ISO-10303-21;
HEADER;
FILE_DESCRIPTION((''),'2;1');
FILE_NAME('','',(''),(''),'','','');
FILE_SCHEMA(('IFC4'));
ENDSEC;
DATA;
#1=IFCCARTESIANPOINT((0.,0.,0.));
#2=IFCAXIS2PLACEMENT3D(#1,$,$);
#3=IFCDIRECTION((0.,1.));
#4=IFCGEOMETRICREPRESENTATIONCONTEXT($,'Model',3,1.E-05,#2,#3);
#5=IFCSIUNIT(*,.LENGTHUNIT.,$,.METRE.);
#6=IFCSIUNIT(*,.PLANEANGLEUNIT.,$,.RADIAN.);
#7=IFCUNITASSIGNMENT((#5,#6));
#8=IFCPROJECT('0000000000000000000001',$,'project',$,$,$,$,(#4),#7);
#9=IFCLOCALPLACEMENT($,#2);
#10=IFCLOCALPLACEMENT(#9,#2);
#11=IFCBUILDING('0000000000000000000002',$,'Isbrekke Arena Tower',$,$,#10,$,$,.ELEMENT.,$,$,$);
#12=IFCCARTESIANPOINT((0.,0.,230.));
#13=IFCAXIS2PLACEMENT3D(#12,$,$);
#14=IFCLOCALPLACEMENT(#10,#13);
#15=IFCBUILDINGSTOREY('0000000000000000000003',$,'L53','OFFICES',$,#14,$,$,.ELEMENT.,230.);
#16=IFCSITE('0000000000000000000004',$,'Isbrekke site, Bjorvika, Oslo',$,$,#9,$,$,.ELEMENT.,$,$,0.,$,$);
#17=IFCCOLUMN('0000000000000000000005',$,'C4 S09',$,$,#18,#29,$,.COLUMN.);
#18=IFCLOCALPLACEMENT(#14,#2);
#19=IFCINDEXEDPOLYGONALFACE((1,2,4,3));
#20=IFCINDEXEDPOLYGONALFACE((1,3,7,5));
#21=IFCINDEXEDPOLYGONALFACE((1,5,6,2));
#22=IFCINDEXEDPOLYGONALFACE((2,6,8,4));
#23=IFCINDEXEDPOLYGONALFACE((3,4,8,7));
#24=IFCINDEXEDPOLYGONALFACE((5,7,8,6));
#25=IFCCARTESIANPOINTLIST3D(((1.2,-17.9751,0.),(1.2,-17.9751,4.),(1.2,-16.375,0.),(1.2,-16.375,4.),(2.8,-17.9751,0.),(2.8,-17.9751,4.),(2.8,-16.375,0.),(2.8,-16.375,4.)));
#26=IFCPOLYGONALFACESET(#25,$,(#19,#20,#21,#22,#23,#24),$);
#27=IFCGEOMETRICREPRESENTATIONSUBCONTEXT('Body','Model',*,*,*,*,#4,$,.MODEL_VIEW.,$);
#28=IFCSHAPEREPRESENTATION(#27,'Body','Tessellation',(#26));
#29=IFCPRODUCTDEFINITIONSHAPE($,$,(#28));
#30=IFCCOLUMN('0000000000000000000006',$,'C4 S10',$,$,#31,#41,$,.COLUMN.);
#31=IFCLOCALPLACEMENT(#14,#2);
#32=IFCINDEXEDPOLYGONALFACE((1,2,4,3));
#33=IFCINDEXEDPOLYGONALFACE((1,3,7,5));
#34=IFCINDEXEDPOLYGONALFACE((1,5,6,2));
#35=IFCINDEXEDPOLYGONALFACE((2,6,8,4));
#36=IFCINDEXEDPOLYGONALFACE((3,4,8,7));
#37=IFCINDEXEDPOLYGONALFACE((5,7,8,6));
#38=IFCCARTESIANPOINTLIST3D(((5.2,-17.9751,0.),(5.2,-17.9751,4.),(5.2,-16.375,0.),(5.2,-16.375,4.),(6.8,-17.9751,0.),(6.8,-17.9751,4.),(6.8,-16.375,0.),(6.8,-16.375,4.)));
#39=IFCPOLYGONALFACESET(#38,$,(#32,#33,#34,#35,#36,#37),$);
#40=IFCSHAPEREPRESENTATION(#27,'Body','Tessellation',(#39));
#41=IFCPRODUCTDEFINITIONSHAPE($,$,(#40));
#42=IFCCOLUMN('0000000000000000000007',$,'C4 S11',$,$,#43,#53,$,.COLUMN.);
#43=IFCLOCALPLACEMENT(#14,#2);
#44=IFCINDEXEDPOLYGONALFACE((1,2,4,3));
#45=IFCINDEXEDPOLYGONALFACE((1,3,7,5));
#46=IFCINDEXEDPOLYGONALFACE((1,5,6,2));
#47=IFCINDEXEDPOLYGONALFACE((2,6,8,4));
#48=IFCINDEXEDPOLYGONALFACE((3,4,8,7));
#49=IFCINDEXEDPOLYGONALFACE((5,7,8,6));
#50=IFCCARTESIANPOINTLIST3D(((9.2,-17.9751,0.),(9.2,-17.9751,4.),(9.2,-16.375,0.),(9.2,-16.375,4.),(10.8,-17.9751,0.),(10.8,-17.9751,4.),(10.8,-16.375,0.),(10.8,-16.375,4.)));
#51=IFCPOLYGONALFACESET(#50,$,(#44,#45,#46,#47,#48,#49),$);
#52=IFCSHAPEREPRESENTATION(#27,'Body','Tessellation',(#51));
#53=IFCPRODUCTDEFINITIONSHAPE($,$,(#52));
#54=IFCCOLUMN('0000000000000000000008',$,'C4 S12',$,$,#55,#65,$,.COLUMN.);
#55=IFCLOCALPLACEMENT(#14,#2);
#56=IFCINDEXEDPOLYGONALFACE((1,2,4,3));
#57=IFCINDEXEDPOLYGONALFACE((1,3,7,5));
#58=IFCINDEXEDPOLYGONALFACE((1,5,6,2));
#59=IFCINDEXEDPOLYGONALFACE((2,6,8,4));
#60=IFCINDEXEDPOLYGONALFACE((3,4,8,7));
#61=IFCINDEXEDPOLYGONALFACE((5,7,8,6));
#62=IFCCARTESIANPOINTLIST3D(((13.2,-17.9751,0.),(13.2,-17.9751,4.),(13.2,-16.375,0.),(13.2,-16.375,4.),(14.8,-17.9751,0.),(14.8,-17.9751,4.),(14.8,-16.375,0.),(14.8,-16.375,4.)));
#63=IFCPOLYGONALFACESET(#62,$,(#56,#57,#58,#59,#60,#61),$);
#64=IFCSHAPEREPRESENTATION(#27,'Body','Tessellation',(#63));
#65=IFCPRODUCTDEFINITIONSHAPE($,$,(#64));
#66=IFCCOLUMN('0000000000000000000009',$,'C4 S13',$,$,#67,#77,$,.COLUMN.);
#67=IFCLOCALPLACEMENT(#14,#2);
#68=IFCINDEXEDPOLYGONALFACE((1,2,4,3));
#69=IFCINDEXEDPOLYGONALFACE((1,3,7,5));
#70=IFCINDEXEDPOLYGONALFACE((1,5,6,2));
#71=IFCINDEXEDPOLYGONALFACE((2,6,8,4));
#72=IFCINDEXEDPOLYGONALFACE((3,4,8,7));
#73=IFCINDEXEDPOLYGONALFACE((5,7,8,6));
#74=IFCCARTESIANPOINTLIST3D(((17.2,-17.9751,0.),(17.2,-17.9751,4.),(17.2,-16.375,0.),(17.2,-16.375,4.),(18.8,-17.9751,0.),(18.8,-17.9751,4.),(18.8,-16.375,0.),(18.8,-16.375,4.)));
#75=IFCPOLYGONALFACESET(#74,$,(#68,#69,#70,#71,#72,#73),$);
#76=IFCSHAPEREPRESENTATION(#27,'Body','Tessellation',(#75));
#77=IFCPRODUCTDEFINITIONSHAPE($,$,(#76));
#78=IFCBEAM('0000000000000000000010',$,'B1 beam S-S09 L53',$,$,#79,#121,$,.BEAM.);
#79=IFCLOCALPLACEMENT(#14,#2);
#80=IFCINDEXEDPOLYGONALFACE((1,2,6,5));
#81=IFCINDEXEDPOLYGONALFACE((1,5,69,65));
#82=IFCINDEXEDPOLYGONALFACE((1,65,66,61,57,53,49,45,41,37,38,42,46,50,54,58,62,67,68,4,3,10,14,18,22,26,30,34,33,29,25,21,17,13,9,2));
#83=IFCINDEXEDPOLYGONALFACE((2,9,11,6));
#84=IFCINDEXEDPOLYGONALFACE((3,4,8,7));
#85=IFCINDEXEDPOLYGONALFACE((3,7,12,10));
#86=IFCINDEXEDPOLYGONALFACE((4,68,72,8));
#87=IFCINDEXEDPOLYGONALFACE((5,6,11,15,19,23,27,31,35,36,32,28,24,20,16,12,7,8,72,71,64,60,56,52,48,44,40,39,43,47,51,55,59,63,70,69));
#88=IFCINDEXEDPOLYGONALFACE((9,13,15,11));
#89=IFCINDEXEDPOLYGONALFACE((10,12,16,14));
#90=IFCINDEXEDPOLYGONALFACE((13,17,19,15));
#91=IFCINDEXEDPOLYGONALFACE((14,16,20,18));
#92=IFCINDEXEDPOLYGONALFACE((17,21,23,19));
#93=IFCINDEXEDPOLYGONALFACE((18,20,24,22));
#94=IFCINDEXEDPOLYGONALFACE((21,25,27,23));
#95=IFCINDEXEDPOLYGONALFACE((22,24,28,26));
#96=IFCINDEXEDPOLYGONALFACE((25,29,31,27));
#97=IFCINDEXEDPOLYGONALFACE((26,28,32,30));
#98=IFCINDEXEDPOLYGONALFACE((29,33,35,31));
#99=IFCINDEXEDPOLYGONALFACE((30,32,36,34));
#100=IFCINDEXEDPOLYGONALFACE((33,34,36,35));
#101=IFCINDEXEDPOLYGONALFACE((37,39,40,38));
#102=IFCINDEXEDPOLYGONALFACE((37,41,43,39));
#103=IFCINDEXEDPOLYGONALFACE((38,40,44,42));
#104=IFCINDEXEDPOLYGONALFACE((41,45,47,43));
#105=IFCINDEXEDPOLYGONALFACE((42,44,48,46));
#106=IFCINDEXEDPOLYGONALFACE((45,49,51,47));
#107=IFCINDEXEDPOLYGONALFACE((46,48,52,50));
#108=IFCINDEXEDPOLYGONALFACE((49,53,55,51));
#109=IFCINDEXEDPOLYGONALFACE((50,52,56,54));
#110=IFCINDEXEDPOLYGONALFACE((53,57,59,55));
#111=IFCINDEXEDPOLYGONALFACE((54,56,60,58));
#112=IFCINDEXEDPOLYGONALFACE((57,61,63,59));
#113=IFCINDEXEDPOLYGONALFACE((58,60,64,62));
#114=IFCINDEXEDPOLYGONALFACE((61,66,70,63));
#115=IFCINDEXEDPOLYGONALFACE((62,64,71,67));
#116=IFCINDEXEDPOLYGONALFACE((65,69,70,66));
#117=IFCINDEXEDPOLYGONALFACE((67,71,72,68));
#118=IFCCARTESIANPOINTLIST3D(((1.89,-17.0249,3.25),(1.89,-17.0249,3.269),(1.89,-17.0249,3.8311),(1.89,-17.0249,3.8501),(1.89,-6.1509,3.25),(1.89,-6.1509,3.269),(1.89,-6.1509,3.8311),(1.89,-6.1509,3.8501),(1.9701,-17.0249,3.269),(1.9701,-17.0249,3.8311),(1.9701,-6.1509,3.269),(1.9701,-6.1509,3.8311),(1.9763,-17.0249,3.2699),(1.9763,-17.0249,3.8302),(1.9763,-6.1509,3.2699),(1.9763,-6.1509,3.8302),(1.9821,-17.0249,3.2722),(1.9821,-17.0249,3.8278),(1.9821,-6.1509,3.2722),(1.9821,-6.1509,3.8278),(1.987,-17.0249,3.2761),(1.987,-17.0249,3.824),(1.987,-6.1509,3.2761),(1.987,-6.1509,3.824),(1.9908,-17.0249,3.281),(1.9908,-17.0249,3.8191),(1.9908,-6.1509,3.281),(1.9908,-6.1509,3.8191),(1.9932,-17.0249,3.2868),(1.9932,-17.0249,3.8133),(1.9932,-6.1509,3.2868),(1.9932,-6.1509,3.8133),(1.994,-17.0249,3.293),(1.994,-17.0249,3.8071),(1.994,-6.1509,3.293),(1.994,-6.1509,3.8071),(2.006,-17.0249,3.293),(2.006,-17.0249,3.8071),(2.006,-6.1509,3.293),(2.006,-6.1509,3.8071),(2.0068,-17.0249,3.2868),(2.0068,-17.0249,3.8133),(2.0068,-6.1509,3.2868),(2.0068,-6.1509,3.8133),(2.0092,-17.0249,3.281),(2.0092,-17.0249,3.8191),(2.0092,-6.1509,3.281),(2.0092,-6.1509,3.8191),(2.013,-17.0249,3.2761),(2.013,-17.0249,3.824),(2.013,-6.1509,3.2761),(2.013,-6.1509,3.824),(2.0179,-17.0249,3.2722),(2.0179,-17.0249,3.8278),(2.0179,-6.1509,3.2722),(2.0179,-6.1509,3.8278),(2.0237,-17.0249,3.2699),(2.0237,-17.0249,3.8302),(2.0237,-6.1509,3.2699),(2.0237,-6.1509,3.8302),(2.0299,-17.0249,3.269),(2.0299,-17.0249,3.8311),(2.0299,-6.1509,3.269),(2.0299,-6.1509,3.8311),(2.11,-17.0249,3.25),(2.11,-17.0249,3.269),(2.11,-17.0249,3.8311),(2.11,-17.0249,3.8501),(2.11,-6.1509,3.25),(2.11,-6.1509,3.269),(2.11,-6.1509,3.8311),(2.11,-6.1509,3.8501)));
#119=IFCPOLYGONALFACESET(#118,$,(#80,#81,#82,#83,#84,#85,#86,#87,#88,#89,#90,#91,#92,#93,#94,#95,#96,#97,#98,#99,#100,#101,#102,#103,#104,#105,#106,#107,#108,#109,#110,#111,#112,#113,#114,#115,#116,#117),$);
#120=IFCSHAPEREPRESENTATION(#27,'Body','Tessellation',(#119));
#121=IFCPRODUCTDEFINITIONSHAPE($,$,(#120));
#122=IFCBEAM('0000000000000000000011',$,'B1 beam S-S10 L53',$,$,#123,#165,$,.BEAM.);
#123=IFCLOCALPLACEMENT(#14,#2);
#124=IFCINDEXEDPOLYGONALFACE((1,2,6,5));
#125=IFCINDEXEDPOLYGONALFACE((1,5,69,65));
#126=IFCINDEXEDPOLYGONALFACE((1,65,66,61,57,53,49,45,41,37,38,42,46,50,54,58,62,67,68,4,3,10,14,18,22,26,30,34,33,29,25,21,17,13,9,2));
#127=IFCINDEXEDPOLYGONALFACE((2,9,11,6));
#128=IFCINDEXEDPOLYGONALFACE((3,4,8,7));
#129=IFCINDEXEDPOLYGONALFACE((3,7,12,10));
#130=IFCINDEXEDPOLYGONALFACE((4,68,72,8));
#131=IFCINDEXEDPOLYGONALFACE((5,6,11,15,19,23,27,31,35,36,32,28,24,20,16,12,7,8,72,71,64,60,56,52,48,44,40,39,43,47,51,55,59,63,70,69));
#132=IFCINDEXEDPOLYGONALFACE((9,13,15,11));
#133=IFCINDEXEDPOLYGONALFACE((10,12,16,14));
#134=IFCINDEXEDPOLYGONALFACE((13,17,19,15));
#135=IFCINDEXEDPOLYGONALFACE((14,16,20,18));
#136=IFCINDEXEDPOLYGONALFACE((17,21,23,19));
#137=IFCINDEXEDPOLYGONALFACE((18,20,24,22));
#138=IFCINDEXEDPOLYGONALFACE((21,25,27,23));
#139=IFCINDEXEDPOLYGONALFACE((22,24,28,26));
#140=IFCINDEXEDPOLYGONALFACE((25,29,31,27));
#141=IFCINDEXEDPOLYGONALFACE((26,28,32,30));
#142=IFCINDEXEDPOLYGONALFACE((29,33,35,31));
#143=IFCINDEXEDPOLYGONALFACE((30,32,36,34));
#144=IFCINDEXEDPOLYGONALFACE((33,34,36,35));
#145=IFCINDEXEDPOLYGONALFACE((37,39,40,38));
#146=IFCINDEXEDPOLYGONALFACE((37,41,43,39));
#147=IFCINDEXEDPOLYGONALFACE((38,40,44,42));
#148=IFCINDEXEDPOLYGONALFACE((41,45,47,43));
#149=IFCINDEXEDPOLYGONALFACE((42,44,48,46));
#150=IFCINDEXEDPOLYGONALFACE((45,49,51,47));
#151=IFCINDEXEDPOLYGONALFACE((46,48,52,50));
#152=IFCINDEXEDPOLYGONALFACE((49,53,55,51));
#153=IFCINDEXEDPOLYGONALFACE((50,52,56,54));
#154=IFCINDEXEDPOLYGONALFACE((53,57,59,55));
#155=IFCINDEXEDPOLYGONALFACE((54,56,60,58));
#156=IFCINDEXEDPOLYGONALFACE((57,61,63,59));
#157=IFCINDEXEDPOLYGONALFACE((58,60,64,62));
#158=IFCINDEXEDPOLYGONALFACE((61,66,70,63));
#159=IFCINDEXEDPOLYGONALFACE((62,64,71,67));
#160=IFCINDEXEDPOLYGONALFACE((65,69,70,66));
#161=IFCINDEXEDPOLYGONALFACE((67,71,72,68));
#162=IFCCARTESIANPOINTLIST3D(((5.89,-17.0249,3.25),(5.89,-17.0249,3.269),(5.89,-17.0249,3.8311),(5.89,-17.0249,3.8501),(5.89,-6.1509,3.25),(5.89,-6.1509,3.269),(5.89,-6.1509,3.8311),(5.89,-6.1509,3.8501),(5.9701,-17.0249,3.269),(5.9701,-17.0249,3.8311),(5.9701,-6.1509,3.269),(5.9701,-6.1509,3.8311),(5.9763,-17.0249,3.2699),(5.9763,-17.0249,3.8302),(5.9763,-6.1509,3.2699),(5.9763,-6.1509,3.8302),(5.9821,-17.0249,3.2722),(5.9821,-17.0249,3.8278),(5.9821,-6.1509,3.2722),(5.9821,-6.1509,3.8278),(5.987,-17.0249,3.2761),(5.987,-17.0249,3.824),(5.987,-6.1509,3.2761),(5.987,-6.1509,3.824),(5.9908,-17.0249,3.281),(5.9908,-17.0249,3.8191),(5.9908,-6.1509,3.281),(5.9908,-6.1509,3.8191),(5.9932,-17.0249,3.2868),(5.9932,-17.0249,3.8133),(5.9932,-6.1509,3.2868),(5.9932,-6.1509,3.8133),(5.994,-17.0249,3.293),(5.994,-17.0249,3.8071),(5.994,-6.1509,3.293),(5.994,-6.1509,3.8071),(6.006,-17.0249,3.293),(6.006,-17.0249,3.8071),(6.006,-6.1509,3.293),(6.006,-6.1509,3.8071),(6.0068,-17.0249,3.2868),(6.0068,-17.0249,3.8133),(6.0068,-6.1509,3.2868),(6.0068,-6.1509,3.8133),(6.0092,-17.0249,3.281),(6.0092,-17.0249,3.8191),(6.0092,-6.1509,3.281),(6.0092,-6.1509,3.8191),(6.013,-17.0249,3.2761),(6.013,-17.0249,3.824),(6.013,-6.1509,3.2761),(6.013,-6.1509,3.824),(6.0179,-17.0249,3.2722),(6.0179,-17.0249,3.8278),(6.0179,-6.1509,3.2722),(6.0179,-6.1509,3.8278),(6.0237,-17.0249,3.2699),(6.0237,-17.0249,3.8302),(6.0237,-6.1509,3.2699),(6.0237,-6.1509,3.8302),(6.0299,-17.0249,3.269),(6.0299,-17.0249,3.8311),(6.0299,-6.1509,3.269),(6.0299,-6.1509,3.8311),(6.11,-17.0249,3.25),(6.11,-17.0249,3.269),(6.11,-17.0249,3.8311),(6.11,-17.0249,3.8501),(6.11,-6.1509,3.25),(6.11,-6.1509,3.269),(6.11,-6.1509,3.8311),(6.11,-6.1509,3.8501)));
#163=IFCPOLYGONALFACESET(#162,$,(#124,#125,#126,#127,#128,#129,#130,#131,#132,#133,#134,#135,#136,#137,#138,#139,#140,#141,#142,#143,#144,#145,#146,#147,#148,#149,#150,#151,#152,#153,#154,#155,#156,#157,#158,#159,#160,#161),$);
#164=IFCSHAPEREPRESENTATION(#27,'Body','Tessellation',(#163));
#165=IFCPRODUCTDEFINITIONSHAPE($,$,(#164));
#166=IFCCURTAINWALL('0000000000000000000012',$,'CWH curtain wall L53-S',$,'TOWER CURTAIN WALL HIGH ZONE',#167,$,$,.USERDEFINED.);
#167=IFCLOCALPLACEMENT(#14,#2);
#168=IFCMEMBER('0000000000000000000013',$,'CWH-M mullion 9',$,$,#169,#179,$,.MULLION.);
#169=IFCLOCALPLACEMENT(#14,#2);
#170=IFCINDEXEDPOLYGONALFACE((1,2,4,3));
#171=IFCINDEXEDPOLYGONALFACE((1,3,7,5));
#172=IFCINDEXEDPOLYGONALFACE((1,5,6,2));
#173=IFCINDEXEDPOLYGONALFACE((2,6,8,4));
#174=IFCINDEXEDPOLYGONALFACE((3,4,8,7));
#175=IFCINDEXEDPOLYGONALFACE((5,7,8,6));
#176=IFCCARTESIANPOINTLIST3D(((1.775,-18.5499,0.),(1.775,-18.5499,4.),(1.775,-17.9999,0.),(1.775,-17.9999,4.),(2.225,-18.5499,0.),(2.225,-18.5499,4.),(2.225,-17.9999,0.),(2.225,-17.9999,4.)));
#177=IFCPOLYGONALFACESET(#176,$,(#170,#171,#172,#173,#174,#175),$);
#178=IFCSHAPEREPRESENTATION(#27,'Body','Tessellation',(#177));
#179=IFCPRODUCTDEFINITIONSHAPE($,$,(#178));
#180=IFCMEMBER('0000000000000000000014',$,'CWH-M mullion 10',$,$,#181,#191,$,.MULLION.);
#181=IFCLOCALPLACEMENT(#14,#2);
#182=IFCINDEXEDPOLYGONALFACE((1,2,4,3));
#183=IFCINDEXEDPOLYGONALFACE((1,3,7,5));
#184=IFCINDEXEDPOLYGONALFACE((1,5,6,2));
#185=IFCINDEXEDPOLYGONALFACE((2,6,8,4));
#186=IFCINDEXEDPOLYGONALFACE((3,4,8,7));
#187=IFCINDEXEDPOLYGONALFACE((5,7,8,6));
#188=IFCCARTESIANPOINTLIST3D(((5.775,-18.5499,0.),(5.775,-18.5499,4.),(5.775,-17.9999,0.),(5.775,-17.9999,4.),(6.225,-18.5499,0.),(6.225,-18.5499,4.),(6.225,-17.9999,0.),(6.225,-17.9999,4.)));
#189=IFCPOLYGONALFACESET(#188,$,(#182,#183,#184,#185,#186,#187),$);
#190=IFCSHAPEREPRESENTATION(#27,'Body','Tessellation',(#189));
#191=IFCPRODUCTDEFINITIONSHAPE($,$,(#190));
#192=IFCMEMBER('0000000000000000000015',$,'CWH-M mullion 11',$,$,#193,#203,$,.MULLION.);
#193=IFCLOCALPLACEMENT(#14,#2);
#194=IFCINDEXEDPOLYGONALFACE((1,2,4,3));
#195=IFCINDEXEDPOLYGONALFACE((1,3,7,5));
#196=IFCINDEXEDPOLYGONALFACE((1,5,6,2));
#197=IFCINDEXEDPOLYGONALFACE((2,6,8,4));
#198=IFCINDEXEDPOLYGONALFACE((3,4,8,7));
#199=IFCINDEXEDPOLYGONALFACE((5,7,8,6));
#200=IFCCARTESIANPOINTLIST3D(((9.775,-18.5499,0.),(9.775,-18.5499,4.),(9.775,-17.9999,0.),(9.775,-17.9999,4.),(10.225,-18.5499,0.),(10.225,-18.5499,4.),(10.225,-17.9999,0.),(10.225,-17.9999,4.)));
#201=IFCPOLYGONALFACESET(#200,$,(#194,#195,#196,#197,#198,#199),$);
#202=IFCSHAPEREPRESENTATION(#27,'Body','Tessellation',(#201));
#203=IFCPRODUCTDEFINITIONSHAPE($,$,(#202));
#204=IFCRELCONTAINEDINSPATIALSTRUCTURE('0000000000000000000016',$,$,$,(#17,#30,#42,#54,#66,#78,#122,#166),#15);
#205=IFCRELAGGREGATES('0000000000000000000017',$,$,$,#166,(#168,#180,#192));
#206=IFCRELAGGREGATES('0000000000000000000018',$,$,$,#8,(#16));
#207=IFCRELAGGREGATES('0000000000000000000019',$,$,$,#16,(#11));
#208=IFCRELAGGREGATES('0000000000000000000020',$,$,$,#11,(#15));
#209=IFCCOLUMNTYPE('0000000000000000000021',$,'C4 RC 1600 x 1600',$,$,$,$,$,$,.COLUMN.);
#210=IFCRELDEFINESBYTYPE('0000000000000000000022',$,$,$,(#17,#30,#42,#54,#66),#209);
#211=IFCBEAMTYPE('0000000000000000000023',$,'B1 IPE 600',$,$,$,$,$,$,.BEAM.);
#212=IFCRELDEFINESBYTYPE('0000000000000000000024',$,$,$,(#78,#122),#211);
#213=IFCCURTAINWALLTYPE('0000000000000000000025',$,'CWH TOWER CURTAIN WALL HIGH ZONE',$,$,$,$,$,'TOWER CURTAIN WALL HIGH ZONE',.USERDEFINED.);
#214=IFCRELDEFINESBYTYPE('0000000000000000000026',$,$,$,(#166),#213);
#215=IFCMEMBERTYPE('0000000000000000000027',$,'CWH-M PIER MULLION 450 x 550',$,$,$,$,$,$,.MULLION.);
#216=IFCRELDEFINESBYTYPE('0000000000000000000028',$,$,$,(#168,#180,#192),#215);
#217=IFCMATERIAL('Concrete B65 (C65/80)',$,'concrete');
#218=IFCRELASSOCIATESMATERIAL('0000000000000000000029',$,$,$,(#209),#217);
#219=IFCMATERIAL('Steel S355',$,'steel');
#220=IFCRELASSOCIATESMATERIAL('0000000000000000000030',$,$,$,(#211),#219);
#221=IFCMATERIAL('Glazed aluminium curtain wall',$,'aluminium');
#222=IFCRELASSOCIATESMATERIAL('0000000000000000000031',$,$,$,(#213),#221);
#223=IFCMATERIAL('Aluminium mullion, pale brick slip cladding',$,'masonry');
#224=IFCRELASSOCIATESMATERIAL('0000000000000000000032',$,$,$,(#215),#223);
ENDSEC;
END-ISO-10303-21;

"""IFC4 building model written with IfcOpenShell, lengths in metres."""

from ifc_helpers import new_model, si_unit, direction, frame, origin, origin_2d, place, context, subcontext, project, spatial, rectangle, i_section, extrude, material, material_profile, profile_set, type_object, element, aggregate, save


model = new_model("IFC4")

# Units and contexts
model_context = context("Model", 3, precision=1e-05, world=origin(), true_north=direction((0.0, 1.0)))
body_context = subcontext(model_context, "Body", "Model", "MODEL_VIEW")
ifc_project = project(units=[si_unit("LENGTHUNIT", "METRE"), si_unit("PLANEANGLEUNIT", "RADIAN")], contexts=[model_context])

# Site, building, storey
site_placement = place(None, origin())
site = spatial("IfcSite", under=ifc_project, at=site_placement, Name="Isbrekke site, Bjorvika, Oslo", CompositionType="ELEMENT", RefElevation=0.0)
building_placement = place(site_placement, origin())
building = spatial("IfcBuilding", under=site, at=building_placement, Name="Isbrekke Arena Tower", CompositionType="ELEMENT")
storey_placement = place(building_placement, frame((0.0, 0.0, 230.0)))
storey = spatial("IfcBuildingStorey", under=building, at=storey_placement, Name="L53", Description="OFFICES", CompositionType="ELEMENT", Elevation=230.0)

# Columns
ifc_material_1 = material(Name="Concrete B65 (C65/80)", Category="concrete")
ifc_material_profile_1 = material_profile(ifc_material_1, rectangle(XDim=1.6001, YDim=1.6001, at=origin_2d()), Name="RC 1600x1600")
ifc_profile_set_1 = profile_set([ifc_material_profile_1], Name="Concrete B65 (C65/80)")
column_type = type_object("IfcColumnType", Name="C4 RC 1600 x 1600", PredefinedType="COLUMN", material=ifc_profile_set_1)
for number, where, z_axis, x_axis, name in (
    (1, (2.0, -17.175, 0.0), (0.0, 0.0, 1.0), (1.0, 0.0, 0.0), "C4 S09"),
    (2, (6.0, -17.175, 0.0), (0.0, 0.0, 1.0), (1.0, 0.0, 0.0), "C4 S10"),
    (3, (10.0, -17.175, 0.0), (0.0, 0.0, 1.0), (1.0, 0.0, 0.0), "C4 S11"),
    (4, (14.0, -17.175, 0.0), (0.0, 0.0, 1.0), (1.0, 0.0, 0.0), "C4 S12"),
    (5, (18.0, -17.175, 0.0), (0.0, 0.0, 1.0), (1.0, 0.0, 0.0), "C4 S13"),
):
    element("IfcColumn", number, at=place(storey_placement, frame(where, z_axis=z_axis, x_axis=x_axis)), inside=storey, type_object=column_type, Name=name, PredefinedType="COLUMN", context=body_context, shape_type="SweptSolid", body=[
        extrude(rectangle(XDim=1.6001, YDim=1.6001, at=origin_2d()), origin(), (0.0, 0.0, 1.0), 4.0),
    ])

# Beams
ifc_material_2 = material(Name="Steel S355", Category="steel")
ifc_material_profile_2 = material_profile(ifc_material_2, i_section(OverallWidth=0.22, OverallDepth=0.6001, WebThickness=0.012, FlangeThickness=0.019, FilletRadius=0.0239, at=origin_2d()), Name="IPE 600")
ifc_profile_set_2 = profile_set([ifc_material_profile_2], Name="Steel S355")
beam_type_1 = type_object("IfcBeamType", Name="B1 IPE 600", PredefinedType="BEAM", material=ifc_profile_set_2)
for number, where, z_axis, x_axis, name in (
    (6, (2.0, -17.0249, 3.55), (0.0, 1.0, 0.0), (-1.0, 0.0, 0.0), "B1 beam S-S09 L53"),
    (7, (6.0, -17.0249, 3.55), (0.0, 1.0, 0.0), (-1.0, 0.0, 0.0), "B1 beam S-S10 L53"),
):
    element("IfcBeam", number, at=place(storey_placement, frame(where, z_axis=z_axis, x_axis=x_axis)), inside=storey, type_object=beam_type_1, Name=name, PredefinedType="BEAM", context=body_context, shape_type="SweptSolid", body=[
        extrude(i_section(OverallWidth=0.22, OverallDepth=0.6001, WebThickness=0.012, FlangeThickness=0.019, FilletRadius=0.0239, at=origin_2d()), origin(), (0.0, 0.0, 1.0), 10.874),
    ])

# Curtain wall, members
ifc_material_3 = material(Name="Glazed aluminium curtain wall", Category="aluminium")
curtain_wall_type = type_object("IfcCurtainWallType", Name="CWH TOWER CURTAIN WALL HIGH ZONE", ElementType="TOWER CURTAIN WALL HIGH ZONE", PredefinedType="USERDEFINED", material=ifc_material_3)
curtain_wall_placement = place(storey_placement, origin())
curtain_wall = element("IfcCurtainWall", 8, at=curtain_wall_placement, inside=storey, type_object=curtain_wall_type, Name="CWH curtain wall L53-S", ObjectType="TOWER CURTAIN WALL HIGH ZONE", PredefinedType="USERDEFINED")
ifc_material_4 = material(Name="Aluminium mullion, pale brick slip cladding", Category="masonry")
ifc_material_profile_3 = material_profile(ifc_material_4, rectangle(XDim=0.45, YDim=0.55, at=origin_2d()), Name="PIER 450X550")
ifc_profile_set_3 = profile_set([ifc_material_profile_3], Name="Aluminium mullion, pale brick slip cladding")
member_type_1 = type_object("IfcMemberType", Name="CWH-M PIER MULLION 450 x 550", PredefinedType="MULLION", material=ifc_profile_set_3)
member_1_placement = place(storey_placement, frame((2.0, -18.2749, 0.0), z_axis=(0.0, 0.0, 1.0), x_axis=(1.0, 0.0, 0.0)))
member_1 = element("IfcMember", 9, at=member_1_placement, type_object=member_type_1, Name="CWH-M mullion 9", PredefinedType="MULLION", context=body_context, shape_type="SweptSolid", body=[
    extrude(rectangle(XDim=0.45, YDim=0.55, at=origin_2d()), origin(), (0.0, 0.0, 1.0), 4.0),
])
member_2_placement = place(storey_placement, frame((6.0, -18.2749, 0.0), z_axis=(0.0, 0.0, 1.0), x_axis=(1.0, 0.0, 0.0)))
member_2 = element("IfcMember", 10, at=member_2_placement, type_object=member_type_1, Name="CWH-M mullion 10", PredefinedType="MULLION", context=body_context, shape_type="SweptSolid", body=[
    extrude(rectangle(XDim=0.45, YDim=0.55, at=origin_2d()), origin(), (0.0, 0.0, 1.0), 4.0),
])
member_3_placement = place(storey_placement, frame((10.0, -18.2749, 0.0), z_axis=(0.0, 0.0, 1.0), x_axis=(1.0, 0.0, 0.0)))
member_3 = element("IfcMember", 11, at=member_3_placement, type_object=member_type_1, Name="CWH-M mullion 11", PredefinedType="MULLION", context=body_context, shape_type="SweptSolid", body=[
    extrude(rectangle(XDim=0.45, YDim=0.55, at=origin_2d()), origin(), (0.0, 0.0, 1.0), 4.0),
])

aggregate(curtain_wall, [member_1, member_2, member_3])

save(model, "model.ifc")
